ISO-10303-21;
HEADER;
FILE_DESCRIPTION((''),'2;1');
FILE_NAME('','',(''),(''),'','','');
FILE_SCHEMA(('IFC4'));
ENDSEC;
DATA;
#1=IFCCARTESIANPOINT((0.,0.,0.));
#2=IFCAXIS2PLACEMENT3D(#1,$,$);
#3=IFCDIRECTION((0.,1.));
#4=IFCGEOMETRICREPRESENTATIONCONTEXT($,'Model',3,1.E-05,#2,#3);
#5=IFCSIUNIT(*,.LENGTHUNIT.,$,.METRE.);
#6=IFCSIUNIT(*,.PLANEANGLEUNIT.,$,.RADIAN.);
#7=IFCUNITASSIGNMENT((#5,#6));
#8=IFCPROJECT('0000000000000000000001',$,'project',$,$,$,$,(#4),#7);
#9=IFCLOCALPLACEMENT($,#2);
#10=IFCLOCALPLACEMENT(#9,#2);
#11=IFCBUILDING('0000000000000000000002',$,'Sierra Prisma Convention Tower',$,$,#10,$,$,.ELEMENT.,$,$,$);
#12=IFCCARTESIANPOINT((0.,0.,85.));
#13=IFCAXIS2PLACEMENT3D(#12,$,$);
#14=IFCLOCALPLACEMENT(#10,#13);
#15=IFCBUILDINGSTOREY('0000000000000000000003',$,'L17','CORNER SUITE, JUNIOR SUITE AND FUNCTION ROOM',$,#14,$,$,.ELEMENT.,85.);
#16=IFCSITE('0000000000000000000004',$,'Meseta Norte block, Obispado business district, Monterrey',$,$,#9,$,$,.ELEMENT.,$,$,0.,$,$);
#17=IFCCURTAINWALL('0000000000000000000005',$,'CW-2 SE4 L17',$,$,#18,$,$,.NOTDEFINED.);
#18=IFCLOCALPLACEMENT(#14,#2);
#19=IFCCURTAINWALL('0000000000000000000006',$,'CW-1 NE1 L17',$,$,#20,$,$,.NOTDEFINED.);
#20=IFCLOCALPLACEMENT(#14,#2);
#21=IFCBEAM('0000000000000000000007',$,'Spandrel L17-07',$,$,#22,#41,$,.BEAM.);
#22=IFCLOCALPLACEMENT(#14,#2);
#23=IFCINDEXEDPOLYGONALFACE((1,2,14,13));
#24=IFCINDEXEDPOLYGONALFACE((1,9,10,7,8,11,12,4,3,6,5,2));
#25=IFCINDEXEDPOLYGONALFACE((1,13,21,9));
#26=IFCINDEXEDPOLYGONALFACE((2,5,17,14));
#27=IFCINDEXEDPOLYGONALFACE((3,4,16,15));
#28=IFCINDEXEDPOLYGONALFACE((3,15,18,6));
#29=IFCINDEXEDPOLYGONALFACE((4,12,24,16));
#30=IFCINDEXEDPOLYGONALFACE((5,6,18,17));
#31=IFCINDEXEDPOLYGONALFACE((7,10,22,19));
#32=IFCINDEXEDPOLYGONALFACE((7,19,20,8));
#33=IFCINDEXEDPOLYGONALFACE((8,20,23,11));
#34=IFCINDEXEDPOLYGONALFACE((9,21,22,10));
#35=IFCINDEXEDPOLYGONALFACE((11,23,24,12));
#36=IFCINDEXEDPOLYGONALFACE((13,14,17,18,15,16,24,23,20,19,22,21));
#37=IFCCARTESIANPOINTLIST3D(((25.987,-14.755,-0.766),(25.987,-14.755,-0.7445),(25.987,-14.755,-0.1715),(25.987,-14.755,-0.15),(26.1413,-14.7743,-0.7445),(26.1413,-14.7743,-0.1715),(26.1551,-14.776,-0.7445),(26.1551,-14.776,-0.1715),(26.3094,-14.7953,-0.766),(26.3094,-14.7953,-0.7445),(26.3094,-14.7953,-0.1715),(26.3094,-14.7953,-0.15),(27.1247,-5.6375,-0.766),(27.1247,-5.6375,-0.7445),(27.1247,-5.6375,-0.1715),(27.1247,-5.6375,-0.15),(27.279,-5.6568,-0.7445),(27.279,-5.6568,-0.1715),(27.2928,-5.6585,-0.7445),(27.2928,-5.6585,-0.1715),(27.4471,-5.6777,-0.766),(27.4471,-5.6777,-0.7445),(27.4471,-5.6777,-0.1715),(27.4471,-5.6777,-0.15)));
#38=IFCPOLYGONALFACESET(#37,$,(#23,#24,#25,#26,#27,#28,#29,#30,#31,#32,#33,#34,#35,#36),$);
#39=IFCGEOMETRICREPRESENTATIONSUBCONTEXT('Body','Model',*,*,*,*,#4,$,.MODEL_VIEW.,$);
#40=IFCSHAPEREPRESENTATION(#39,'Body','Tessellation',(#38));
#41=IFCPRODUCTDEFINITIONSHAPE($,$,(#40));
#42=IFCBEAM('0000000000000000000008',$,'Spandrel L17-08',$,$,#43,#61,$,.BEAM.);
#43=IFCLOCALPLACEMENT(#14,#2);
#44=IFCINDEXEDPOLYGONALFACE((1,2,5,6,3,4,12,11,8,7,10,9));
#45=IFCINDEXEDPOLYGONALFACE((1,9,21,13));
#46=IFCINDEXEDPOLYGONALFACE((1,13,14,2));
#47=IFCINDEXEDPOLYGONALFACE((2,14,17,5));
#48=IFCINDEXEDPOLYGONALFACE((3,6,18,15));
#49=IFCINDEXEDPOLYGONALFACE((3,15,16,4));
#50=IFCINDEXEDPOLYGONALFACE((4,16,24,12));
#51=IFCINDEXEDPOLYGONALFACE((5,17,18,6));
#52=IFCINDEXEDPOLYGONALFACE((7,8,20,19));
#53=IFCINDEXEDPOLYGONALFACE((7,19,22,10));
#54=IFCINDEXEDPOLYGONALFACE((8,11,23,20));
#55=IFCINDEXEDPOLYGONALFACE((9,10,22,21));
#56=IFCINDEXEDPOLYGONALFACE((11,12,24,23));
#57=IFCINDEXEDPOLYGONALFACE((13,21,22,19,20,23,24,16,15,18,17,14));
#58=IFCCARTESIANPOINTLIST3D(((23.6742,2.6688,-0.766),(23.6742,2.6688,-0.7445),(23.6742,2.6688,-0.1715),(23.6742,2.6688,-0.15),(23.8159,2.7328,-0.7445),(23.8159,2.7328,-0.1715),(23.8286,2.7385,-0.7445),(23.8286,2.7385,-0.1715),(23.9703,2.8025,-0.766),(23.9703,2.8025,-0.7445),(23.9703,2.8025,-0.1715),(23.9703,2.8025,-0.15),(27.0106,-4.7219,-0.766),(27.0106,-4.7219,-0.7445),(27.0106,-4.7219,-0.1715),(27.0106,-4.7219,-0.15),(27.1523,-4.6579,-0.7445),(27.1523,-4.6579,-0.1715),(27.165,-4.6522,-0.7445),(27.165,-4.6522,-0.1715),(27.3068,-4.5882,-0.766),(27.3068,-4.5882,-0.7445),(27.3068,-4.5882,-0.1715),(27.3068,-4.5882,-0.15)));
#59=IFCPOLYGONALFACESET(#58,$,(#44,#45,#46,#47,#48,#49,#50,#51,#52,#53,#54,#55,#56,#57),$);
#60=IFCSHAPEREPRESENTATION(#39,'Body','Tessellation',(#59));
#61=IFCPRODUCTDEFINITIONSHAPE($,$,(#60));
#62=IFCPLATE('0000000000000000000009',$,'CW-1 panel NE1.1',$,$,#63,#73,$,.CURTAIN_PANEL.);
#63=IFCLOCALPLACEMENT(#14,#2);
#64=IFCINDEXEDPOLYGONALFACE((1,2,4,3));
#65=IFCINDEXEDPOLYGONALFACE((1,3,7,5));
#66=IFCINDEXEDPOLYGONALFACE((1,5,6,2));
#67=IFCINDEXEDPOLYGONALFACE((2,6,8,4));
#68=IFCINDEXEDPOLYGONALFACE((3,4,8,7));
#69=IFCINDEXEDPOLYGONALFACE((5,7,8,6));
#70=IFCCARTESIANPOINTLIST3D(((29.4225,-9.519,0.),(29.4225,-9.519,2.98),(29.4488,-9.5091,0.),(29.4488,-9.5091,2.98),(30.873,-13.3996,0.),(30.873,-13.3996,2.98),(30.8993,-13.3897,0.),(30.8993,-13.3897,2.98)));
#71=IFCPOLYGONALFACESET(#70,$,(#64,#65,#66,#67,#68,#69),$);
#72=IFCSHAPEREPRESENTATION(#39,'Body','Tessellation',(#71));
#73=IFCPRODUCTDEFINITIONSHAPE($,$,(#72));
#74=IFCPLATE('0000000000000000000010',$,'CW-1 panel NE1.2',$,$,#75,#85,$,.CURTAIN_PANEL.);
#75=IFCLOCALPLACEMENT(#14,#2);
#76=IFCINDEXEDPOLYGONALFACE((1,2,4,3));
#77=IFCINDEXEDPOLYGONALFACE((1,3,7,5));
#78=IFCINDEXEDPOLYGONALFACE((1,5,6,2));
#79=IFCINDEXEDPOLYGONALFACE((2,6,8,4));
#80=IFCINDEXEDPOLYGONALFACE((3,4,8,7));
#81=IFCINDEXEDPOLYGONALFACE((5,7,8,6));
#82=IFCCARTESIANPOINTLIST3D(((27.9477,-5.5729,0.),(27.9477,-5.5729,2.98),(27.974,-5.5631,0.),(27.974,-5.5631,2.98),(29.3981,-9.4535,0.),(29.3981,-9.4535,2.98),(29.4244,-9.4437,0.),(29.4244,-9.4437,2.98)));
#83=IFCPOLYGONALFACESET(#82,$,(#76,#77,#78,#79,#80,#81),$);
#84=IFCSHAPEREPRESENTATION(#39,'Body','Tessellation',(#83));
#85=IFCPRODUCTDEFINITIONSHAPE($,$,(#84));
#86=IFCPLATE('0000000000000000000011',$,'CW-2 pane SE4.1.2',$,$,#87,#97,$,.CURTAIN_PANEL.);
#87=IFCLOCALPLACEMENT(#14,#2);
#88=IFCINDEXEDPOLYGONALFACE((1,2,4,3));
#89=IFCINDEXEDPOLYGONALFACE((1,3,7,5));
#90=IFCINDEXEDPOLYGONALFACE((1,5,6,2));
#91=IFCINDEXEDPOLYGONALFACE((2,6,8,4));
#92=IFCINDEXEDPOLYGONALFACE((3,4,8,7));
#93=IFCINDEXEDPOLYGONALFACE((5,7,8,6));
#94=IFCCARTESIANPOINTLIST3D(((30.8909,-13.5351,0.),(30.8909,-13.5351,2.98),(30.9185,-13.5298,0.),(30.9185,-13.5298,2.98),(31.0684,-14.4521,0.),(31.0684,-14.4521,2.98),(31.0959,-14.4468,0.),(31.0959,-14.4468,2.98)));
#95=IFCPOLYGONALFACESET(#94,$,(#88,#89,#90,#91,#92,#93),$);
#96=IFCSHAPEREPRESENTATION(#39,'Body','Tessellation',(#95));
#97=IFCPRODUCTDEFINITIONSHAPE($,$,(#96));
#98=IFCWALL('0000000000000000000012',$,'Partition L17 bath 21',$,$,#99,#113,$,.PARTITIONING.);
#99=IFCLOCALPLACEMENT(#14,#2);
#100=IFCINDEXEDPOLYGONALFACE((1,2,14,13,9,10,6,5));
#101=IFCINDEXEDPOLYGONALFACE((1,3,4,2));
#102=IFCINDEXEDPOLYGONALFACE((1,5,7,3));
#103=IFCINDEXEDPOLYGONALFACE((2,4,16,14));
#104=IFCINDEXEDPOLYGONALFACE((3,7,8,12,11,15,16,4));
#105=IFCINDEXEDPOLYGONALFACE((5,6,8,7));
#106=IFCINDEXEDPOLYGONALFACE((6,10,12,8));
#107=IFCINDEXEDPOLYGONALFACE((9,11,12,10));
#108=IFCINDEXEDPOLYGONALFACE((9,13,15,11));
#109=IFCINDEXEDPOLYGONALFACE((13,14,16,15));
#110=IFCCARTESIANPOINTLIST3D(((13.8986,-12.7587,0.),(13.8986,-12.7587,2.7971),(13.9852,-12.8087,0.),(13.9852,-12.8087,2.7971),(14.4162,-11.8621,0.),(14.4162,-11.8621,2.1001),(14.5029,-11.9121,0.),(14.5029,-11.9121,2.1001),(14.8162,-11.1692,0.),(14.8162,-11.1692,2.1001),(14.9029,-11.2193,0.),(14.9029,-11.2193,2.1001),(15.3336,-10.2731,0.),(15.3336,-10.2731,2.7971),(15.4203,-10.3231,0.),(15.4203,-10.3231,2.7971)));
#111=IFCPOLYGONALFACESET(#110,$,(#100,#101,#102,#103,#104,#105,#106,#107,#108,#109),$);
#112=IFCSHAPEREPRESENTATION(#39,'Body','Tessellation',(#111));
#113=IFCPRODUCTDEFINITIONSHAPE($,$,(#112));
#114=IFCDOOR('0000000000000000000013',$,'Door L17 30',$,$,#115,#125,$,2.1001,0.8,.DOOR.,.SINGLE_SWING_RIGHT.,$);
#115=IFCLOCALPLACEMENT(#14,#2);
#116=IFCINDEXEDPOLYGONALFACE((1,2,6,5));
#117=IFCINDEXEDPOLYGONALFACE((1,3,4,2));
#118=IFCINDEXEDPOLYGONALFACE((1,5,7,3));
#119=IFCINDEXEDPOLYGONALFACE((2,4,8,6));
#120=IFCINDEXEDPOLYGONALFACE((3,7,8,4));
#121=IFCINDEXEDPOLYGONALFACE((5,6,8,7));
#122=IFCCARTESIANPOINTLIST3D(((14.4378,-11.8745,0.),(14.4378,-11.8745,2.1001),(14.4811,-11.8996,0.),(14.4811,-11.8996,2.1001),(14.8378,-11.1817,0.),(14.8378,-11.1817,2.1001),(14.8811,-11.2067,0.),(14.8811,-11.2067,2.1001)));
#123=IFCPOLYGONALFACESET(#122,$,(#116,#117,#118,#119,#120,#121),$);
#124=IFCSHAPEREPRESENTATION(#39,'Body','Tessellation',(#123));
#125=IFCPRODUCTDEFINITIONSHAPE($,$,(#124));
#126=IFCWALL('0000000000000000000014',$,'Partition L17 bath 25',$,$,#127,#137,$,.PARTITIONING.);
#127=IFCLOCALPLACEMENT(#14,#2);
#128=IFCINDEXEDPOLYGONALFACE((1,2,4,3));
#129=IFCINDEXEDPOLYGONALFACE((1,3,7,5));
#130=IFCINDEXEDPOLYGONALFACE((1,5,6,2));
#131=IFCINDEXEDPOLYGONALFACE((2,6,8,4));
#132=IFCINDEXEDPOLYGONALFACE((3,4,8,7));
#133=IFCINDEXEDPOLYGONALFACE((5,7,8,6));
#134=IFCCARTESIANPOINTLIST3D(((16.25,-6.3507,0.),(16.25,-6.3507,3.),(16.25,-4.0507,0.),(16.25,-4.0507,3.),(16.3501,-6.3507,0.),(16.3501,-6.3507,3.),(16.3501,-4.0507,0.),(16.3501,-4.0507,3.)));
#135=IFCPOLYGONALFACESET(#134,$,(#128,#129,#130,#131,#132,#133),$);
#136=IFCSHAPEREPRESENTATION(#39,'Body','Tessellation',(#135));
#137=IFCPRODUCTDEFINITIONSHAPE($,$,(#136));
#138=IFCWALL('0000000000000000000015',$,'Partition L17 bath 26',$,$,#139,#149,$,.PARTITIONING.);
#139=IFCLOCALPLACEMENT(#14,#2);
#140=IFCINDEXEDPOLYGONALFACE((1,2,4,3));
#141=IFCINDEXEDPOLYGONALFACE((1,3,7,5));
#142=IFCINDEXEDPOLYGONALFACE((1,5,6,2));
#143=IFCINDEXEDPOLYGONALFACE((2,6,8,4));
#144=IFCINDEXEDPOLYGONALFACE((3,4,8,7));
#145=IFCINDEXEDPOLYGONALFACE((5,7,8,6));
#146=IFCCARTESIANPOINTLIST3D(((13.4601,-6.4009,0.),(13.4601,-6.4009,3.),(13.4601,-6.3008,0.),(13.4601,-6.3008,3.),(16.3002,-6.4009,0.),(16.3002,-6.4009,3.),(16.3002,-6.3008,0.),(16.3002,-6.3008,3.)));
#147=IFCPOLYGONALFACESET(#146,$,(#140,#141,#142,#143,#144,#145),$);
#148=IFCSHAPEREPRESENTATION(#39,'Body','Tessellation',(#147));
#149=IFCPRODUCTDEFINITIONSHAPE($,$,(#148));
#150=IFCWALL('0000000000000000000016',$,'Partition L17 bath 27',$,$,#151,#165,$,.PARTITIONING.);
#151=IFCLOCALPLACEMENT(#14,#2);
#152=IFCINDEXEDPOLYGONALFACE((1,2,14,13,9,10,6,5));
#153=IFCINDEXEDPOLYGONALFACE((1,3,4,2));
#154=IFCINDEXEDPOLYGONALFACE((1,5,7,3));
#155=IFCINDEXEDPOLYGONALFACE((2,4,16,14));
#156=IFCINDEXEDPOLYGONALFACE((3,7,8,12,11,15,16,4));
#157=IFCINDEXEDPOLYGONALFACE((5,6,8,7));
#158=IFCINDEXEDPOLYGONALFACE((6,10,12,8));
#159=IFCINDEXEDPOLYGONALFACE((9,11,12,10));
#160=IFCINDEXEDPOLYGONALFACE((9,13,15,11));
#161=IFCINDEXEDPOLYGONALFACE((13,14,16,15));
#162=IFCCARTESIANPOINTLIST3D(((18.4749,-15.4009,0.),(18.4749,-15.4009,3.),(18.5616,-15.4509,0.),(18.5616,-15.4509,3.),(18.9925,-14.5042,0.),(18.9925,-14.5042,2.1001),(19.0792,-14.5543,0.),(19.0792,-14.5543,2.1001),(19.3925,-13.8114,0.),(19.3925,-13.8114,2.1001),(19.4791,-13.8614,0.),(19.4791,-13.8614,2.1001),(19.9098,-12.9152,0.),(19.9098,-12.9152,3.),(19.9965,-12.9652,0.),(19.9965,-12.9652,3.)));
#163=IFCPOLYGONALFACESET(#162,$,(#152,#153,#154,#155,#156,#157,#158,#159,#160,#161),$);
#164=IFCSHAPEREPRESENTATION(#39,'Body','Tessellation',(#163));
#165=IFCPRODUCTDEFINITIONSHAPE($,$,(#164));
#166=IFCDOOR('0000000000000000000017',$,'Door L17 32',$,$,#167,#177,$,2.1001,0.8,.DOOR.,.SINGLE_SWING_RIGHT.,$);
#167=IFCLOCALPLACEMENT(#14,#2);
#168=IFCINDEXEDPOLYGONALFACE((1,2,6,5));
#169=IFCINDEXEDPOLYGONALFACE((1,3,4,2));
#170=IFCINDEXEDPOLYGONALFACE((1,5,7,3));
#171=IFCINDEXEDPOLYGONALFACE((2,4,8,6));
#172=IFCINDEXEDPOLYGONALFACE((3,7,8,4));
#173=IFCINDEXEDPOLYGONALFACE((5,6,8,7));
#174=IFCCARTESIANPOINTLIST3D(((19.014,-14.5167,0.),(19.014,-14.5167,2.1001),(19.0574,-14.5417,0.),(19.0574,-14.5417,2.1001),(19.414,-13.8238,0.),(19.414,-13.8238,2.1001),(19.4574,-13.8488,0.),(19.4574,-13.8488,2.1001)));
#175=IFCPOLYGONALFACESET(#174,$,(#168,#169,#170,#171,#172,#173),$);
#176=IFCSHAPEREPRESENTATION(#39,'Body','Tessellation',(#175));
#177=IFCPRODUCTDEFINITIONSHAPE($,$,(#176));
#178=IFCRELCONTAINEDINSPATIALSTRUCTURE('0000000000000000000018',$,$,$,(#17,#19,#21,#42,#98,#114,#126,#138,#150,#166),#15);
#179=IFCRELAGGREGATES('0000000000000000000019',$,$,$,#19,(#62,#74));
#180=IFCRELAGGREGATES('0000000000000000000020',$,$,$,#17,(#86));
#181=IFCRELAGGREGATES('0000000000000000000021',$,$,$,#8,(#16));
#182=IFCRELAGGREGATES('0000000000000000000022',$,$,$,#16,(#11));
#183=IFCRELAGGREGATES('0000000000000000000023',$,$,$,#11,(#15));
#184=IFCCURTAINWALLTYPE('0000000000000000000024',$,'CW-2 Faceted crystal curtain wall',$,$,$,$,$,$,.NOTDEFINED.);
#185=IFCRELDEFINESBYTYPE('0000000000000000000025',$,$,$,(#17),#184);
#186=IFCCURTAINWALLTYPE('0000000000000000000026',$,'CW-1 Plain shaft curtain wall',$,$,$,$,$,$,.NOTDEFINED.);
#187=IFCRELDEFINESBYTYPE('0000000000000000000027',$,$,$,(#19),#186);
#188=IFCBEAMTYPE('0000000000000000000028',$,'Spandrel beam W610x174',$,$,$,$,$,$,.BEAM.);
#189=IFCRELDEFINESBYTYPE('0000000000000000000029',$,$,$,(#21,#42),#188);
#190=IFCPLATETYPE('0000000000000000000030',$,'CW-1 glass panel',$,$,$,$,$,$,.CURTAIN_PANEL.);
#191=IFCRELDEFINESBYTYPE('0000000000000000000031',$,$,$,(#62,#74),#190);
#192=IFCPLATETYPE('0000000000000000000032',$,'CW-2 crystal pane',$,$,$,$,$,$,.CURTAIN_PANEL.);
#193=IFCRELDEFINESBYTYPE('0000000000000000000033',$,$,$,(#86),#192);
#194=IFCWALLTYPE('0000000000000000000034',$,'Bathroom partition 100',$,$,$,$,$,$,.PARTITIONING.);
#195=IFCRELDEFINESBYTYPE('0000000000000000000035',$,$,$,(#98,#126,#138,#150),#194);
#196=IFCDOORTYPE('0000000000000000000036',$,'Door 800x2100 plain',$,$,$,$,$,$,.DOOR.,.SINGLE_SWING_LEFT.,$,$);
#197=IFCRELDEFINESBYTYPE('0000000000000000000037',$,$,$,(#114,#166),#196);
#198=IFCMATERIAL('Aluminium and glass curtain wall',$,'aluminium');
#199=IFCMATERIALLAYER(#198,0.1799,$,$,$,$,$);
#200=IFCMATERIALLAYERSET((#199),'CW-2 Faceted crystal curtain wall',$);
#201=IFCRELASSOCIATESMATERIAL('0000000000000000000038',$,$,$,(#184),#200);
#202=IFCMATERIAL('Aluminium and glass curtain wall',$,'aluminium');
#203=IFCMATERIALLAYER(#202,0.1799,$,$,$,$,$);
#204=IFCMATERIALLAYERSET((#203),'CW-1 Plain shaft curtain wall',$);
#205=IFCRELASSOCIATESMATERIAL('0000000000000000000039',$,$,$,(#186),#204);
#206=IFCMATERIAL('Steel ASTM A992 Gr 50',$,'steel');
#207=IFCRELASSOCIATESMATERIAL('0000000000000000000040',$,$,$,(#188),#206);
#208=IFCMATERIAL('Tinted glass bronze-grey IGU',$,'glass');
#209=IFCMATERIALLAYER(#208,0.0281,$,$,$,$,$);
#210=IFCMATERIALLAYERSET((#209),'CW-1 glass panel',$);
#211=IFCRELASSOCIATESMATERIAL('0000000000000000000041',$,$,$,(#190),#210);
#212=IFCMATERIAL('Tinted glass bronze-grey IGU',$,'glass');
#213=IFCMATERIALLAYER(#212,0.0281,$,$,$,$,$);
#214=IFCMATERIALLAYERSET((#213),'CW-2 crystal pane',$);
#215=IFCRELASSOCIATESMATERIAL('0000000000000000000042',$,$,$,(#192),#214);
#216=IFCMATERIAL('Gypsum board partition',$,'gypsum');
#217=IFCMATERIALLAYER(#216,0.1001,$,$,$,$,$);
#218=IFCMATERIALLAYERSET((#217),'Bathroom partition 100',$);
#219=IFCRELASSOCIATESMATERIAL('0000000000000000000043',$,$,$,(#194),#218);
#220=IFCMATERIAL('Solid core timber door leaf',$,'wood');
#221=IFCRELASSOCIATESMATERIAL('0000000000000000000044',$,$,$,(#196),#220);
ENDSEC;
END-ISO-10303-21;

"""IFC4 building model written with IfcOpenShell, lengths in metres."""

from ifc_helpers import new_model, si_unit, direction, frame, frame_2d, origin, origin_2d, place, context, subcontext, project, spatial, polyline, rectangle, i_section, outline, extrude, material, layer, layer_set, material_profile, profile_set, type_object, element, fill, aggregate, save


model = new_model("IFC4")

# Units and contexts
model_context = context("Model", 3, precision=1e-05, world=origin(), true_north=direction((0.0, 1.0)))
body_context = subcontext(model_context, "Body", "Model", "MODEL_VIEW")
ifc_project = project(units=[si_unit("LENGTHUNIT", "METRE"), si_unit("PLANEANGLEUNIT", "RADIAN")], contexts=[model_context])

# Site, building, storey
site_placement = place(None, origin())
site = spatial("IfcSite", under=ifc_project, at=site_placement, Name="Meseta Norte block, Obispado business district, Monterrey", CompositionType="ELEMENT", RefElevation=0.0)
building_placement = place(site_placement, origin())
building = spatial("IfcBuilding", under=site, at=building_placement, Name="Sierra Prisma Convention Tower", CompositionType="ELEMENT")
storey_placement = place(building_placement, frame((0.0, 0.0, 85.0)))
storey = spatial("IfcBuildingStorey", under=building, at=storey_placement, Name="L17", Description="CORNER SUITE, JUNIOR SUITE AND FUNCTION ROOM", CompositionType="ELEMENT", Elevation=85.0)

# Curtain wall
ifc_material_1 = material(Name="Aluminium and glass curtain wall", Category="aluminium")
ifc_layer_1 = layer(ifc_material_1, 0.1799)
ifc_layer_set_1 = layer_set([ifc_layer_1], Name="CW-2 Faceted crystal curtain wall")
curtain_wall_type_1 = type_object("IfcCurtainWallType", Name="CW-2 Faceted crystal curtain wall", PredefinedType="NOTDEFINED", material=ifc_layer_set_1)
curtain_wall_1_placement = place(storey_placement, origin())
curtain_wall_1 = element("IfcCurtainWall", 1, at=curtain_wall_1_placement, inside=storey, type_object=curtain_wall_type_1, Name="CW-2 SE4 L17", PredefinedType="NOTDEFINED")

# Curtain wall
ifc_material_2 = material(Name="Aluminium and glass curtain wall", Category="aluminium")
ifc_layer_2 = layer(ifc_material_2, 0.1799)
ifc_layer_set_2 = layer_set([ifc_layer_2], Name="CW-1 Plain shaft curtain wall")
curtain_wall_type_2 = type_object("IfcCurtainWallType", Name="CW-1 Plain shaft curtain wall", PredefinedType="NOTDEFINED", material=ifc_layer_set_2)
curtain_wall_2_placement = place(storey_placement, origin())
curtain_wall_2 = element("IfcCurtainWall", 2, at=curtain_wall_2_placement, inside=storey, type_object=curtain_wall_type_2, Name="CW-1 NE1 L17", PredefinedType="NOTDEFINED")

# Beams
ifc_material_3 = material(Name="Steel ASTM A992 Gr 50", Category="steel")
ifc_material_profile_1 = material_profile(ifc_material_3, i_section(OverallWidth=0.325, OverallDepth=0.616, WebThickness=0.0139, FlangeThickness=0.0215, at=origin_2d()), Name="W610x174")
ifc_profile_set_1 = profile_set([ifc_material_profile_1], Name="Steel ASTM A992 Gr 50")
beam_type_1 = type_object("IfcBeamType", Name="Spandrel beam W610x174", PredefinedType="BEAM", material=ifc_profile_set_1)
beam_1_placement = place(storey_placement, frame((26.1482, -14.7751, -0.458), z_axis=(0.123822, 0.992304, 0.0), x_axis=(-0.992304, 0.123822, 0.0)))
element("IfcBeam", 3, at=beam_1_placement, inside=storey, type_object=beam_type_1, Name="Spandrel L17-07", PredefinedType="BEAM", context=body_context, shape_type="SweptSolid", body=[
    extrude(i_section(OverallWidth=0.325, OverallDepth=0.616, WebThickness=0.0139, FlangeThickness=0.0215, at=origin_2d()), origin(), (0.0, 0.0, 1.0), 9.1882),
])
beam_2_placement = place(storey_placement, frame((27.1587, -4.655, -0.458), z_axis=(-0.411456, 0.91143, 0.0), x_axis=(-0.91143, -0.411456, 0.0)))
element("IfcBeam", 4, at=beam_2_placement, inside=storey, type_object=beam_type_1, Name="Spandrel L17-08", PredefinedType="BEAM", context=body_context, shape_type="SweptSolid", body=[
    extrude(i_section(OverallWidth=0.325, OverallDepth=0.616, WebThickness=0.0139, FlangeThickness=0.0215, at=origin_2d()), origin(), (0.0, 0.0, 1.0), 8.1089),
])

# Plates
ifc_material_4 = material(Name="Tinted glass bronze-grey IGU", Category="glass")
ifc_layer_3 = layer(ifc_material_4, 0.0281)
ifc_layer_set_3 = layer_set([ifc_layer_3], Name="CW-1 glass panel")
plate_type_1 = type_object("IfcPlateType", Name="CW-1 glass panel", PredefinedType="CURTAIN_PANEL", material=ifc_layer_set_3)
plate_1_placement = place(storey_placement, frame((30.1609, -11.4543, 0.0), z_axis=(0.0, 0.0, 1.0), x_axis=(-0.350111, 0.936708, 0.0)))
plate_1 = element("IfcPlate", 5, at=plate_1_placement, type_object=plate_type_1, Name="CW-1 panel NE1.1", PredefinedType="CURTAIN_PANEL", context=body_context, shape_type="SweptSolid", body=[
    extrude(rectangle(XDim=4.1428, YDim=0.0281, at=origin_2d()), origin(), (0.0, 0.0, 1.0), 2.98),
])
plate_2_placement = place(storey_placement, frame((28.686, -7.5083, 0.0), z_axis=(0.0, 0.0, 1.0), x_axis=(-0.350111, 0.936708, 0.0)))
plate_2 = element("IfcPlate", 6, at=plate_2_placement, type_object=plate_type_1, Name="CW-1 panel NE1.2", PredefinedType="CURTAIN_PANEL", context=body_context, shape_type="SweptSolid", body=[
    extrude(rectangle(XDim=4.1428, YDim=0.0281, at=origin_2d()), origin(), (0.0, 0.0, 1.0), 2.98),
])
aggregate(curtain_wall_2, [plate_1, plate_2])
ifc_material_5 = material(Name="Tinted glass bronze-grey IGU", Category="glass")
ifc_layer_4 = layer(ifc_material_5, 0.0281)
ifc_layer_set_4 = layer_set([ifc_layer_4], Name="CW-2 crystal pane")
plate_type_2 = type_object("IfcPlateType", Name="CW-2 crystal pane", PredefinedType="CURTAIN_PANEL", material=ifc_layer_set_4)
plate_3_placement = place(storey_placement, frame((30.9185, -13.5298, 0.0), z_axis=(0.981778, 0.19003, 0.0), x_axis=(0.19003, -0.981778, 0.0)))
plate_3 = element("IfcPlate", 7, at=plate_3_placement, type_object=plate_type_2, Name="CW-2 pane SE4.1.2", PredefinedType="CURTAIN_PANEL", context=body_context, shape_type="SweptSolid", body=[
    extrude(outline(polyline([(0.0, 0.0), (0.934, 0.0), (0.934, -2.98), (0.0, -2.98), (0.0, 0.0)])), origin(), (0.0, 0.0, -1.0), 0.0281),
])
aggregate(curtain_wall_1, [plate_3])

# Wall, opening, door
ifc_material_6 = material(Name="Gypsum board partition", Category="gypsum")
ifc_layer_5 = layer(ifc_material_6, 0.1001)
ifc_layer_set_5 = layer_set([ifc_layer_5], Name="Bathroom partition 100")
wall_type_1 = type_object("IfcWallType", Name="Bathroom partition 100", PredefinedType="PARTITIONING", material=ifc_layer_set_5)
wall_1_placement = place(storey_placement, frame((15.377, -10.2981, 0.0), z_axis=(0.0, 0.0, 1.0), x_axis=(-0.5, -0.866026, 0.0)))
wall_1 = element("IfcWall", 8, at=wall_1_placement, inside=storey, type_object=wall_type_1, Name="Partition L17 bath 21", PredefinedType="PARTITIONING", context=body_context, shape_type="SweptSolid", body=[
    extrude(rectangle(XDim=2.8701, YDim=0.1001, at=frame_2d((1.4351, 0.0))), origin(), (0.0, 0.0, 1.0), 2.7971),
])
opening_1_placement = place(wall_1_placement, frame((1.0349, 0.0, 0.0)))
opening_1 = element("IfcOpeningElement", 9, at=opening_1_placement, cuts=wall_1, PredefinedType="OPENING", context=body_context, shape_type="SweptSolid", body=[
    extrude(rectangle(XDim=0.8, YDim=2.1001, at=frame_2d((0.3999, 1.05))), frame((0.0, 0.05, 0.0), z_axis=(0.0, -1.0, 0.0), x_axis=(1.0, 0.0, 0.0)), (0.0, 0.0, 1.0), 0.1001),
])
ifc_material_7 = material(Name="Solid core timber door leaf", Category="wood")
door_type_1 = type_object("IfcDoorType", Name="Door 800x2100 plain", OperationType="SINGLE_SWING_LEFT", PredefinedType="DOOR", material=ifc_material_7)
door_1_placement = place(opening_1_placement, origin())
door_1 = element("IfcDoor", 10, at=door_1_placement, inside=storey, type_object=door_type_1, Name="Door L17 30", OperationType="SINGLE_SWING_RIGHT", OverallHeight=2.1001, OverallWidth=0.8, PredefinedType="DOOR", context=body_context, shape_type="SweptSolid", body=[
    extrude(rectangle(XDim=0.8, YDim=2.1001, at=frame_2d((0.3999, 1.05))), frame((0.0, 0.0249, 0.0), z_axis=(0.0, -1.0, 0.0), x_axis=(1.0, 0.0, 0.0)), (0.0, 0.0, 1.0), 0.05),
])
fill(opening_1, door_1)

# Walls
wall_2_placement = place(storey_placement, frame((16.3, -4.0508, 0.0), z_axis=(0.0, 0.0, 1.0), x_axis=(0.0, -1.0, 0.0)))
element("IfcWall", 11, at=wall_2_placement, inside=storey, type_object=wall_type_1, Name="Partition L17 bath 25", PredefinedType="PARTITIONING", context=body_context, shape_type="SweptSolid", body=[
    extrude(rectangle(XDim=2.3, YDim=0.1001, at=frame_2d((1.1499, 0.0))), origin(), (0.0, 0.0, 1.0), 3.0),
])
wall_3_placement = place(storey_placement, frame((16.3, -6.3508, 0.0), z_axis=(0.0, 0.0, 1.0), x_axis=(-1.0, 0.0, 0.0)))
element("IfcWall", 12, at=wall_3_placement, inside=storey, type_object=wall_type_1, Name="Partition L17 bath 26", PredefinedType="PARTITIONING", context=body_context, shape_type="SweptSolid", body=[
    extrude(rectangle(XDim=2.8401, YDim=0.1001, at=frame_2d((1.4199, 0.0))), origin(), (0.0, 0.0, 1.0), 3.0),
])

# Wall, opening, door
wall_4_placement = place(storey_placement, frame((19.9531, -12.9402, 0.0), z_axis=(0.0, 0.0, 1.0), x_axis=(-0.499936, -0.866062, 0.0)))
wall_4 = element("IfcWall", 13, at=wall_4_placement, inside=storey, type_object=wall_type_1, Name="Partition L17 bath 27", PredefinedType="PARTITIONING", context=body_context, shape_type="SweptSolid", body=[
    extrude(rectangle(XDim=2.8701, YDim=0.1001, at=frame_2d((1.4351, 0.0))), origin(), (0.0, 0.0, 1.0), 3.0),
])
opening_2_placement = place(wall_4_placement, frame((1.0349, 0.0, 0.0)))
opening_2 = element("IfcOpeningElement", 14, at=opening_2_placement, cuts=wall_4, PredefinedType="OPENING", context=body_context, shape_type="SweptSolid", body=[
    extrude(rectangle(XDim=0.8, YDim=2.1001, at=frame_2d((0.3999, 1.05))), frame((0.0, 0.05, 0.0), z_axis=(0.0, -1.0, 0.0), x_axis=(1.0, 0.0, 0.0)), (0.0, 0.0, 1.0), 0.1001),
])
door_2_placement = place(opening_2_placement, origin())
door_2 = element("IfcDoor", 15, at=door_2_placement, inside=storey, type_object=door_type_1, Name="Door L17 32", OperationType="SINGLE_SWING_RIGHT", OverallHeight=2.1001, OverallWidth=0.8, PredefinedType="DOOR", context=body_context, shape_type="SweptSolid", body=[
    extrude(rectangle(XDim=0.8, YDim=2.1001, at=frame_2d((0.3999, 1.05))), frame((0.0, 0.0249, 0.0), z_axis=(0.0, -1.0, 0.0), x_axis=(1.0, 0.0, 0.0)), (0.0, 0.0, 1.0), 0.05),
])
fill(opening_2, door_2)

save(model, "model.ifc")
